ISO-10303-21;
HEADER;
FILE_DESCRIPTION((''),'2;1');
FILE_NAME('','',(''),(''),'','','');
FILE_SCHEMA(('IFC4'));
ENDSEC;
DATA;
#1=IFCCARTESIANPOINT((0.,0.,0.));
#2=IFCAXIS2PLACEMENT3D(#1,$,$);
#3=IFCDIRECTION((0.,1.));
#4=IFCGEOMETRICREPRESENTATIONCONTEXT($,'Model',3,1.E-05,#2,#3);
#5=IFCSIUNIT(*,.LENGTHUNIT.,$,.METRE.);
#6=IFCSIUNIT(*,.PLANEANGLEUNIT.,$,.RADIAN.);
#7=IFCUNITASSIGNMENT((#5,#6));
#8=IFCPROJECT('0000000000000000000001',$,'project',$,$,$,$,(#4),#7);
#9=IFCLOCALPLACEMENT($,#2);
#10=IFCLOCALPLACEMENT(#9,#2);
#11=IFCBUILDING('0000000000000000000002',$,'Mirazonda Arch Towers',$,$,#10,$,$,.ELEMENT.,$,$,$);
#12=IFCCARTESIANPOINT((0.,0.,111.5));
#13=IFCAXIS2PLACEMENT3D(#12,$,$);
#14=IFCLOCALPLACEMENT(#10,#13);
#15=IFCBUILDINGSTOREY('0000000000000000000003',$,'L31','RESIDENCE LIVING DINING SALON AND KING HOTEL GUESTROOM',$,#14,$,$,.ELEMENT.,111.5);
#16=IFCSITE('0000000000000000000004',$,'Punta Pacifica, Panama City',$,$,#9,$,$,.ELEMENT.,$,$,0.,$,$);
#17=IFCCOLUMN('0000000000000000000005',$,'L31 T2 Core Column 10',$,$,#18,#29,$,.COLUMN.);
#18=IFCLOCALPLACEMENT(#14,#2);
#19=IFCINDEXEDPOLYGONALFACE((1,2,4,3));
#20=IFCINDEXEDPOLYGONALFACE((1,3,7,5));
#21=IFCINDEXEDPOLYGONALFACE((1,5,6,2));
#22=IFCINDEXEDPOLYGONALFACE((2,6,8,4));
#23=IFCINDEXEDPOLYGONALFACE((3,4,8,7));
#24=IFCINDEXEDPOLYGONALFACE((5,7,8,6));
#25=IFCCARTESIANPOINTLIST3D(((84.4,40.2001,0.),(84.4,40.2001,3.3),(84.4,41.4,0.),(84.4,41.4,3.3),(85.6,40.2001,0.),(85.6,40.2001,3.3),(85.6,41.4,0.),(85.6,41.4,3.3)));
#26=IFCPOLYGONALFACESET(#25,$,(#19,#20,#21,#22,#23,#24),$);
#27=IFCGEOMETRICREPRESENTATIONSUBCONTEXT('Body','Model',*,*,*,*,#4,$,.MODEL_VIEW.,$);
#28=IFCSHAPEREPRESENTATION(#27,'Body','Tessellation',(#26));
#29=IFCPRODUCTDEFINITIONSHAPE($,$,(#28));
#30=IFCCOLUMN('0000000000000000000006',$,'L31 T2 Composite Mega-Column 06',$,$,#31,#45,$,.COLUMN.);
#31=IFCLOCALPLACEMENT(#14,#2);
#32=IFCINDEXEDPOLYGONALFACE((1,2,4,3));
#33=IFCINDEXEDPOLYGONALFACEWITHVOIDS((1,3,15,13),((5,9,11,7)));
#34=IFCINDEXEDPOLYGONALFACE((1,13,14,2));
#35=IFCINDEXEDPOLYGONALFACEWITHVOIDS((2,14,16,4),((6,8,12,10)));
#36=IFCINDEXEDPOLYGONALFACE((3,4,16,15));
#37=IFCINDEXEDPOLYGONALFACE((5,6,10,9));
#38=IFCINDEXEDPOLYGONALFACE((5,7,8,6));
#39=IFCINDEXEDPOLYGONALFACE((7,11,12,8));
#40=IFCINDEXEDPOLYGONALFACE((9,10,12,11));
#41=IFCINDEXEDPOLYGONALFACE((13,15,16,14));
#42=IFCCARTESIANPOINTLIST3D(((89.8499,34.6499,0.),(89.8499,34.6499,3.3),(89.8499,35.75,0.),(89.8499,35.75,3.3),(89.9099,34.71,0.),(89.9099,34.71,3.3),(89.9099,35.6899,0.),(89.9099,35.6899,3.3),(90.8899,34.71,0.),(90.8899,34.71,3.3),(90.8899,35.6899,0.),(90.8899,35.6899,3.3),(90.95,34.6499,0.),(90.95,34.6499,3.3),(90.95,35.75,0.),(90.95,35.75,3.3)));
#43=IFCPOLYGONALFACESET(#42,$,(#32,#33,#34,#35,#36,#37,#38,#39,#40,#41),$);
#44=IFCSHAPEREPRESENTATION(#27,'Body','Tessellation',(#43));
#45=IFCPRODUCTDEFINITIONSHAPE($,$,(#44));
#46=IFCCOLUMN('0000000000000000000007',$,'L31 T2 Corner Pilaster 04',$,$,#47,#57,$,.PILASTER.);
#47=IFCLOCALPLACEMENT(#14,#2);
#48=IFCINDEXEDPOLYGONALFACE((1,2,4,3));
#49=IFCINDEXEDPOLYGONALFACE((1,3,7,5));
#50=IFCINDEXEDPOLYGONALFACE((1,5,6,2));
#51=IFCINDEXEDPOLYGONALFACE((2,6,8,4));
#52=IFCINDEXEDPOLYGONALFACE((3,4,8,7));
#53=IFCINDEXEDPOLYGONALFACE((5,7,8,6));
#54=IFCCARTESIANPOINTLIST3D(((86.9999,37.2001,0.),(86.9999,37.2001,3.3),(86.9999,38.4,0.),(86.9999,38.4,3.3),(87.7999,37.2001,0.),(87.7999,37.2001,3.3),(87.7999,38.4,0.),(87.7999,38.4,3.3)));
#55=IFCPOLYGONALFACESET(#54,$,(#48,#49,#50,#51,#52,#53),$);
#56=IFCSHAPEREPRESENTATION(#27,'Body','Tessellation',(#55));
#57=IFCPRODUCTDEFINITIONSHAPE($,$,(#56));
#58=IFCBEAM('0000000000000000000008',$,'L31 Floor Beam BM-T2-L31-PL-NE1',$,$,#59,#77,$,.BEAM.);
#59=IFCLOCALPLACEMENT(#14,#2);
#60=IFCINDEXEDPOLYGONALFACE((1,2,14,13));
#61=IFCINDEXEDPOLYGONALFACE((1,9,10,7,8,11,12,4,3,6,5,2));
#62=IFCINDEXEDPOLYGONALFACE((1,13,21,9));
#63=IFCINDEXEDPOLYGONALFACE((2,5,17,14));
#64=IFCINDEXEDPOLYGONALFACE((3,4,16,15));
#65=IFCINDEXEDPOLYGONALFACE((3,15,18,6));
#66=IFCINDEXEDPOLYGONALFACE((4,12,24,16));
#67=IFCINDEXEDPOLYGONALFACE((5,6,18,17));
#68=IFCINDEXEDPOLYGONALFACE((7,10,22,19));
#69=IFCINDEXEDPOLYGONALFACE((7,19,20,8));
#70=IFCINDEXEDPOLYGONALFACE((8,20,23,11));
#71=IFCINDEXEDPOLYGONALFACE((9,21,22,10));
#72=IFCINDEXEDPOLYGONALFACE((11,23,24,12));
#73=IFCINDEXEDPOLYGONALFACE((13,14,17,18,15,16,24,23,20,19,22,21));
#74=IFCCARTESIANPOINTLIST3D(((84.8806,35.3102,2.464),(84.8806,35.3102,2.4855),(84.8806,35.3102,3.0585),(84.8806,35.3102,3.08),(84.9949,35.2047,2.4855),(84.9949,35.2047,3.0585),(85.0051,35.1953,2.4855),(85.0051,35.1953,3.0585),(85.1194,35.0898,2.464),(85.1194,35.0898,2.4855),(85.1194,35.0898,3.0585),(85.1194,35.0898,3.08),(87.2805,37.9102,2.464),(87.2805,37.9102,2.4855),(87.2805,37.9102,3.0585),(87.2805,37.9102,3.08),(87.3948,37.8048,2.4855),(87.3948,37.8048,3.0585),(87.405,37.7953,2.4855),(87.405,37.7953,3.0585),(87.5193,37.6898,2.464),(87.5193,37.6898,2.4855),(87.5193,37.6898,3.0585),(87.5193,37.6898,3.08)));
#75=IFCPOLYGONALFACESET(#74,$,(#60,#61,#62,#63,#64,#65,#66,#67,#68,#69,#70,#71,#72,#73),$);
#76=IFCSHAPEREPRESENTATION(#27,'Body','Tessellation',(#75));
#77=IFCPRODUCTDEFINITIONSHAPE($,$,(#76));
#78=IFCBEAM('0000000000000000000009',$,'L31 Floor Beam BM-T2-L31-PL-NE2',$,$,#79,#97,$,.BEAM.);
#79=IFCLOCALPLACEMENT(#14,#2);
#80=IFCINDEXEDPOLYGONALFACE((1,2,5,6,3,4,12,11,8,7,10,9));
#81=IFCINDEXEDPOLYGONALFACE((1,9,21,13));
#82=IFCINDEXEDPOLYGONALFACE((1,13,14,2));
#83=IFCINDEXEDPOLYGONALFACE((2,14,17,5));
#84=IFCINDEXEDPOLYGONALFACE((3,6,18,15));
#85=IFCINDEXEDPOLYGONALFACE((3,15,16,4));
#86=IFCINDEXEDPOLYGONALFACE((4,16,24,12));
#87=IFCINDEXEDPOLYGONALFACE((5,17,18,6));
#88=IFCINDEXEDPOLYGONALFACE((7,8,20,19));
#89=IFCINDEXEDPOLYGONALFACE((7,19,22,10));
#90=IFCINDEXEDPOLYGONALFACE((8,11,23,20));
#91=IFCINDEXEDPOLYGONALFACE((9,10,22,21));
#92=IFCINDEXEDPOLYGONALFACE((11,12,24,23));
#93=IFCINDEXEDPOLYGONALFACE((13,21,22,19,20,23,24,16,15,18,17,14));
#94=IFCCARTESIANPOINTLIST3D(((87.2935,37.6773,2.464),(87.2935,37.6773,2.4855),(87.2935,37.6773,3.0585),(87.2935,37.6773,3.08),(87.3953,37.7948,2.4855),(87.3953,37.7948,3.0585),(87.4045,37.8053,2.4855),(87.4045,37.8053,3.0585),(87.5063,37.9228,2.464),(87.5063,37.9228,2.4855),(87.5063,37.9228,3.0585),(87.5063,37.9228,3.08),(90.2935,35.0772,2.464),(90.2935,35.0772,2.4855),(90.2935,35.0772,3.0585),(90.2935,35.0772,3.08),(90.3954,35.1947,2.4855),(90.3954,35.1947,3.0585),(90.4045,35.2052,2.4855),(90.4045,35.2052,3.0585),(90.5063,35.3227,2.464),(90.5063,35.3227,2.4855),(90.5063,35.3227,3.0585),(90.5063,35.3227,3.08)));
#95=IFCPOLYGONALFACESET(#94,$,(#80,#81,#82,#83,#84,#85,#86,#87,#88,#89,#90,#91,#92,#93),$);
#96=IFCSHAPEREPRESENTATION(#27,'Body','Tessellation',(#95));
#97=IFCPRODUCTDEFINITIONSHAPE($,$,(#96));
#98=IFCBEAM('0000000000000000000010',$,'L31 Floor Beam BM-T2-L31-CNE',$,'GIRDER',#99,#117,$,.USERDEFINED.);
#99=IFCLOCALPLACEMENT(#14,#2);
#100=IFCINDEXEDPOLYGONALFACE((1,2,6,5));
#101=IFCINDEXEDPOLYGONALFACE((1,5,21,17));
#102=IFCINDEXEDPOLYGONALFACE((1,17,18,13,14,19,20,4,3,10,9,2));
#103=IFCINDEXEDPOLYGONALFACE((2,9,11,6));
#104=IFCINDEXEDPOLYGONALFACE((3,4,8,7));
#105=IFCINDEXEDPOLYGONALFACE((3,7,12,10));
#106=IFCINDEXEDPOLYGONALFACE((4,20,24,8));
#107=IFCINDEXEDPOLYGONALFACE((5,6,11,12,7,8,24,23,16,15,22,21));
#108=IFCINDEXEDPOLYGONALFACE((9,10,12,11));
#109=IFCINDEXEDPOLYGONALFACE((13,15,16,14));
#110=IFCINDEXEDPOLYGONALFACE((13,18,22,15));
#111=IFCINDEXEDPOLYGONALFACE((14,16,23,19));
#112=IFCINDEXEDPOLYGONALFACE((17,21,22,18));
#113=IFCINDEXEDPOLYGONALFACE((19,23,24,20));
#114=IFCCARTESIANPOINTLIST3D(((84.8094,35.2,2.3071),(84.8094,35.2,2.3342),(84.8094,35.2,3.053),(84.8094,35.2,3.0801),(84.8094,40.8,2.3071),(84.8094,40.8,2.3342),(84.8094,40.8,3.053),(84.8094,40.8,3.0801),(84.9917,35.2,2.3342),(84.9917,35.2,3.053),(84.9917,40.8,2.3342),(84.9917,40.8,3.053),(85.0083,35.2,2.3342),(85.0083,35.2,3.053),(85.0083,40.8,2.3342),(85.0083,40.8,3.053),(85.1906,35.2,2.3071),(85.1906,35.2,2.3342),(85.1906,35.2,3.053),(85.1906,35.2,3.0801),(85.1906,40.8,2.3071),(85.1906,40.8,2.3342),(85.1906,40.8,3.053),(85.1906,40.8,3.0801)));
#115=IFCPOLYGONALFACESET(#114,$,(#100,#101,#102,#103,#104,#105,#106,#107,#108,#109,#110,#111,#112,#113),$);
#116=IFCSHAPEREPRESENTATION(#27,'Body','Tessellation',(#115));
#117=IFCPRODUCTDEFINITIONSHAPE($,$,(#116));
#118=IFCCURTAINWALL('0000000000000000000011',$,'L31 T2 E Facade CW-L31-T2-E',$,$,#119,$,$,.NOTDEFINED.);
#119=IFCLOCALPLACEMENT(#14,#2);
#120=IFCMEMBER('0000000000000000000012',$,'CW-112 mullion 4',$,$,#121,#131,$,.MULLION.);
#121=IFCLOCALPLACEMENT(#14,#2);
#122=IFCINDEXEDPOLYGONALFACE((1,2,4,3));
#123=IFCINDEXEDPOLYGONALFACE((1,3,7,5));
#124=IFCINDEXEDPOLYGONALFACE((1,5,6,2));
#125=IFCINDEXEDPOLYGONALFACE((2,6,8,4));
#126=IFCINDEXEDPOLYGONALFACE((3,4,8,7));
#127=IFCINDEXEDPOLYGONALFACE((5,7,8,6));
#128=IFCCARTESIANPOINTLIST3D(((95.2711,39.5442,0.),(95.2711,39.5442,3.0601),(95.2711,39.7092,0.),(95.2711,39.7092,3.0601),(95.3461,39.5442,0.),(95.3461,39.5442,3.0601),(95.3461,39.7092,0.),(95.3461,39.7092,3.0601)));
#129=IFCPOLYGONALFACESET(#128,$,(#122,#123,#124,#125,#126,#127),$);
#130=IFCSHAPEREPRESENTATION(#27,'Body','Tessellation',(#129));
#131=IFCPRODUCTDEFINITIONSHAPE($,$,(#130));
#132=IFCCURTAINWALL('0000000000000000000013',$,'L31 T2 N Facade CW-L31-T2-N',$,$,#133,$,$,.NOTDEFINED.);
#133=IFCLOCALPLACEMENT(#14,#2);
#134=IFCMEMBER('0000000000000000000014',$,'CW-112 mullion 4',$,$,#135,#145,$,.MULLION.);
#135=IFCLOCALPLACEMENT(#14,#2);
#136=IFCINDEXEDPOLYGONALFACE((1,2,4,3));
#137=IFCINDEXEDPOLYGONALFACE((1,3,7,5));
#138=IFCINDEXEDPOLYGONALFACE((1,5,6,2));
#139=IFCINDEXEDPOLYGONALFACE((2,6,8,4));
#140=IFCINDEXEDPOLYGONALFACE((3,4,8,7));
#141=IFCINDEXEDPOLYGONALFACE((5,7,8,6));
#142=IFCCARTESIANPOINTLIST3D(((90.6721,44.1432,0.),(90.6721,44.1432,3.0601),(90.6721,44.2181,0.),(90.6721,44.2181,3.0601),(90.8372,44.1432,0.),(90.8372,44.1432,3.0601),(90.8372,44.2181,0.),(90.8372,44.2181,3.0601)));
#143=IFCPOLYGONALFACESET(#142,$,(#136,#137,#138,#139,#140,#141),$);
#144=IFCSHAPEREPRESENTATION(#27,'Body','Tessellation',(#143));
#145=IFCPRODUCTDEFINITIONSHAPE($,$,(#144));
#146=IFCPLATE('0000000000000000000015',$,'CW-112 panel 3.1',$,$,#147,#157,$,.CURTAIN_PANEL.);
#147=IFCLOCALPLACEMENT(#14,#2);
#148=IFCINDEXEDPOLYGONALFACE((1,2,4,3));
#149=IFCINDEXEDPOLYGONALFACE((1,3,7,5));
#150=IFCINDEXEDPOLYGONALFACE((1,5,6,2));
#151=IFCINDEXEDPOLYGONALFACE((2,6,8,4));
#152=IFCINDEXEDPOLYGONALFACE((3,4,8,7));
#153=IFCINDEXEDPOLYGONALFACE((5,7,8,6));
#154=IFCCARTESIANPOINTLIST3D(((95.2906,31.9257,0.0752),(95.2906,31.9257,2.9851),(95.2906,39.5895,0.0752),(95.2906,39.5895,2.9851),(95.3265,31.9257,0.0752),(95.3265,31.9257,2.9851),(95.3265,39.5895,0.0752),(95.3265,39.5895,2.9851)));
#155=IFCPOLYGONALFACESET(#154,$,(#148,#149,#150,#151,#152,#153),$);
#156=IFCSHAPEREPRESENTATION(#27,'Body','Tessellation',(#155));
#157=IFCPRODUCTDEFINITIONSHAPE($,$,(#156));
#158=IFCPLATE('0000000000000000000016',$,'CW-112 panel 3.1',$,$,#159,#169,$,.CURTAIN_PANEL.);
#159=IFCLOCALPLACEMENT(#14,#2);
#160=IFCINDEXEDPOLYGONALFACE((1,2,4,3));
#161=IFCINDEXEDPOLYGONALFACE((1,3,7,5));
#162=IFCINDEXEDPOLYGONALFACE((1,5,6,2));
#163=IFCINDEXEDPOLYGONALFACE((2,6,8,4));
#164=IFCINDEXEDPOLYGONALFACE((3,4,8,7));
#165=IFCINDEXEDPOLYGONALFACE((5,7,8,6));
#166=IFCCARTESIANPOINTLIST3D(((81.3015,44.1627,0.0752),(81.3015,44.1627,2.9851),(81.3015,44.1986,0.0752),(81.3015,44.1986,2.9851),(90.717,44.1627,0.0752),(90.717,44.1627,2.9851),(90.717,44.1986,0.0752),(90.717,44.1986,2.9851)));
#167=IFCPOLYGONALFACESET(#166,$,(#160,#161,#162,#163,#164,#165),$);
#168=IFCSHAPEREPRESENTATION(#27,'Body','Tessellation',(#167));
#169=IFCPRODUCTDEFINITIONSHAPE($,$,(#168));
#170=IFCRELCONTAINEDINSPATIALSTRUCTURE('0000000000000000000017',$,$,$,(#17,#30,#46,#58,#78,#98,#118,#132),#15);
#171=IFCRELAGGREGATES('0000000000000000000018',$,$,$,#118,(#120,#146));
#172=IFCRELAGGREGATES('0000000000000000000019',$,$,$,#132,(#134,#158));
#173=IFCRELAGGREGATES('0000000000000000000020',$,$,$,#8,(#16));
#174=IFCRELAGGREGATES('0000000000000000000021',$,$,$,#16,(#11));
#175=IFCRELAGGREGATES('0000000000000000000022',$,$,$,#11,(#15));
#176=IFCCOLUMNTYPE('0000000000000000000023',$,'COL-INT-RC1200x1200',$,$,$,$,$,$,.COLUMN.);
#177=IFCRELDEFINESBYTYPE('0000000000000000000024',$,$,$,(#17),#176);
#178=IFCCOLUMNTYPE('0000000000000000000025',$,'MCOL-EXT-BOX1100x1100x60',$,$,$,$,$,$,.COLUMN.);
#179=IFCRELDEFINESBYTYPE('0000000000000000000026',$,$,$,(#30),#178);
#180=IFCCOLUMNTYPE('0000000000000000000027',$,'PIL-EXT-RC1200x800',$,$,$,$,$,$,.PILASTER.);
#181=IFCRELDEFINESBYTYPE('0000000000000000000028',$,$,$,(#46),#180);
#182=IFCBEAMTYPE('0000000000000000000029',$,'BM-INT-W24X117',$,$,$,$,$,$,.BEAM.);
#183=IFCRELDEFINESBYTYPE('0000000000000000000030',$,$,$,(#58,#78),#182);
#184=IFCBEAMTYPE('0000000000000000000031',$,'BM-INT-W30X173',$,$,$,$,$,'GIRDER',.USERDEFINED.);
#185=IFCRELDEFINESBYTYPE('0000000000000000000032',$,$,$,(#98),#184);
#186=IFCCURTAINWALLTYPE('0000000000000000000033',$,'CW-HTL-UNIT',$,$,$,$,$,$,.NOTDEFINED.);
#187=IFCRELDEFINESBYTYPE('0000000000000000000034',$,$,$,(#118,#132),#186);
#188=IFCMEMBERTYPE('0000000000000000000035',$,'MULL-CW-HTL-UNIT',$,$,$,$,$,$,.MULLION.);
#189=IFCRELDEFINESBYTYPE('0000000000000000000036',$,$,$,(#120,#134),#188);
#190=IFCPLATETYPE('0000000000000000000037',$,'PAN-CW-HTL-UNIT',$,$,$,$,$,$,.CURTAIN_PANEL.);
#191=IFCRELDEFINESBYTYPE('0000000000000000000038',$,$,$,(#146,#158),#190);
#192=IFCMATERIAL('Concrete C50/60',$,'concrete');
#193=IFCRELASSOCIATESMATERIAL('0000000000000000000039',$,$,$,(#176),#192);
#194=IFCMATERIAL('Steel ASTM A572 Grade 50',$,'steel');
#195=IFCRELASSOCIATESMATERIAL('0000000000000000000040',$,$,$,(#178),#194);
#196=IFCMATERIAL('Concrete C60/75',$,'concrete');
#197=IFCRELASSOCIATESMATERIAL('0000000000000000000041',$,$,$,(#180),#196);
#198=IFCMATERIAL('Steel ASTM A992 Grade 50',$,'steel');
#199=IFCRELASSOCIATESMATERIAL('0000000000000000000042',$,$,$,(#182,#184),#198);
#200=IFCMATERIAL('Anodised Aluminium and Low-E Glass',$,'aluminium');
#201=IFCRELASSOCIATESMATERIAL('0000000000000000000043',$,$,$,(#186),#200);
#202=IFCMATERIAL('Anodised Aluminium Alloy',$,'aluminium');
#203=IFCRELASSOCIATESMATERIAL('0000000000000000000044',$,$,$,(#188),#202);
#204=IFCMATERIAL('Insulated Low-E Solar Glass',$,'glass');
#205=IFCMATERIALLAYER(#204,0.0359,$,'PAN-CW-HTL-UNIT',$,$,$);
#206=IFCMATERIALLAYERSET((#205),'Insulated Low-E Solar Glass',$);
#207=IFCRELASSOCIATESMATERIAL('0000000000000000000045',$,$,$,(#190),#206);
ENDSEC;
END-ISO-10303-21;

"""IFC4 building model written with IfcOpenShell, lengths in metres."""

from ifc_helpers import new_model, si_unit, direction, frame, origin, origin_2d, place, context, subcontext, project, spatial, rectangle, hollow_rectangle, i_section, extrude, material, layer, layer_set, material_profile, profile_set, type_object, element, aggregate, save


model = new_model("IFC4")

# Units and contexts
model_context = context("Model", 3, precision=1e-05, world=origin(), true_north=direction((0.0, 1.0)))
body_context = subcontext(model_context, "Body", "Model", "MODEL_VIEW")
ifc_project = project(units=[si_unit("LENGTHUNIT", "METRE"), si_unit("PLANEANGLEUNIT", "RADIAN")], contexts=[model_context])

# Site, building, storey
site_placement = place(None, origin())
site = spatial("IfcSite", under=ifc_project, at=site_placement, Name="Punta Pacifica, Panama City", CompositionType="ELEMENT", RefElevation=0.0)
building_placement = place(site_placement, origin())
building = spatial("IfcBuilding", under=site, at=building_placement, Name="Mirazonda Arch Towers", CompositionType="ELEMENT")
storey_placement = place(building_placement, frame((0.0, 0.0, 111.5)))
storey = spatial("IfcBuildingStorey", under=building, at=storey_placement, Name="L31", Description="RESIDENCE LIVING DINING SALON AND KING HOTEL GUESTROOM", CompositionType="ELEMENT", Elevation=111.5)

# Columns
ifc_material_1 = material(Name="Concrete C50/60", Category="concrete")
ifc_material_profile_1 = material_profile(ifc_material_1, rectangle(XDim=1.2, YDim=1.2, at=origin_2d()), Name="RC1200x1200")
ifc_profile_set_1 = profile_set([ifc_material_profile_1], Name="Concrete C50/60")
column_type_1 = type_object("IfcColumnType", Name="COL-INT-RC1200x1200", PredefinedType="COLUMN", material=ifc_profile_set_1)
column_1_placement = place(storey_placement, frame((85.0, 40.8, 0.0), z_axis=(0.0, 0.0, 1.0), x_axis=(1.0, 0.0, 0.0)))
element("IfcColumn", 1, at=column_1_placement, inside=storey, type_object=column_type_1, Name="L31 T2 Core Column 10", PredefinedType="COLUMN", context=body_context, shape_type="SweptSolid", body=[
    extrude(rectangle(XDim=1.2, YDim=1.2, at=origin_2d()), origin(), (0.0, 0.0, 1.0), 3.3),
])
ifc_material_2 = material(Name="Steel ASTM A572 Grade 50", Category="steel")
ifc_material_profile_2 = material_profile(ifc_material_2, hollow_rectangle(XDim=1.1001, YDim=1.1001, WallThickness=0.0601, at=origin_2d()), Name="BOX1100x1100x60")
ifc_profile_set_2 = profile_set([ifc_material_profile_2], Name="Steel ASTM A572 Grade 50")
column_type_2 = type_object("IfcColumnType", Name="MCOL-EXT-BOX1100x1100x60", PredefinedType="COLUMN", material=ifc_profile_set_2)
column_2_placement = place(storey_placement, frame((90.3999, 35.2, 0.0), z_axis=(0.0, 0.0, 1.0), x_axis=(1.0, 0.0, 0.0)))
element("IfcColumn", 2, at=column_2_placement, inside=storey, type_object=column_type_2, Name="L31 T2 Composite Mega-Column 06", PredefinedType="COLUMN", context=body_context, shape_type="SweptSolid", body=[
    extrude(hollow_rectangle(XDim=1.1001, YDim=1.1001, WallThickness=0.0601, at=origin_2d()), origin(), (0.0, 0.0, 1.0), 3.3),
])
ifc_material_3 = material(Name="Concrete C60/75", Category="concrete")
ifc_material_profile_3 = material_profile(ifc_material_3, rectangle(XDim=0.8, YDim=1.2, at=origin_2d()), Name="RC1200x800")
ifc_profile_set_3 = profile_set([ifc_material_profile_3], Name="Concrete C60/75")
column_type_3 = type_object("IfcColumnType", Name="PIL-EXT-RC1200x800", PredefinedType="PILASTER", material=ifc_profile_set_3)
column_3_placement = place(storey_placement, frame((87.3999, 37.8, 0.0), z_axis=(0.0, 0.0, 1.0), x_axis=(1.0, 0.0, 0.0)))
element("IfcColumn", 3, at=column_3_placement, inside=storey, type_object=column_type_3, Name="L31 T2 Corner Pilaster 04", PredefinedType="PILASTER", context=body_context, shape_type="SweptSolid", body=[
    extrude(rectangle(XDim=0.8, YDim=1.2, at=origin_2d()), origin(), (0.0, 0.0, 1.0), 3.3),
])

# Beams
ifc_material_4 = material(Name="Steel ASTM A992 Grade 50", Category="steel")
ifc_material_profile_4 = material_profile(ifc_material_4, i_section(OverallWidth=0.325, OverallDepth=0.616, WebThickness=0.0139, FlangeThickness=0.0215, at=origin_2d()), Name="W24X117")
ifc_profile_set_4 = profile_set([ifc_material_profile_4], Name="Steel ASTM A992 Grade 50")
beam_type_1 = type_object("IfcBeamType", Name="BM-INT-W24X117", PredefinedType="BEAM", material=ifc_profile_set_4)
beam_1_placement = place(storey_placement, frame((87.3999, 37.8, 2.772), z_axis=(-0.678251, -0.73483, 0.0), x_axis=(0.73483, -0.678251, 0.0)))
element("IfcBeam", 4, at=beam_1_placement, inside=storey, type_object=beam_type_1, Name="L31 Floor Beam BM-T2-L31-PL-NE1", PredefinedType="BEAM", context=body_context, shape_type="SweptSolid", body=[
    extrude(i_section(OverallWidth=0.325, OverallDepth=0.616, WebThickness=0.0139, FlangeThickness=0.0215, at=origin_2d()), origin(), (0.0, 0.0, 1.0), 3.5383),
])
beam_2_placement = place(storey_placement, frame((87.3999, 37.8, 2.772), z_axis=(0.755677, -0.654945, 0.0), x_axis=(0.654945, 0.755677, 0.0)))
element("IfcBeam", 5, at=beam_2_placement, inside=storey, type_object=beam_type_1, Name="L31 Floor Beam BM-T2-L31-PL-NE2", PredefinedType="BEAM", context=body_context, shape_type="SweptSolid", body=[
    extrude(i_section(OverallWidth=0.325, OverallDepth=0.616, WebThickness=0.0139, FlangeThickness=0.0215, at=origin_2d()), origin(), (0.0, 0.0, 1.0), 3.97),
])
ifc_material_profile_5 = material_profile(ifc_material_4, i_section(OverallWidth=0.3811, OverallDepth=0.7729, WebThickness=0.0166, FlangeThickness=0.0271, at=origin_2d()), Name="W30X173")
ifc_profile_set_5 = profile_set([ifc_material_profile_5], Name="Steel ASTM A992 Grade 50")
beam_type_2 = type_object("IfcBeamType", Name="BM-INT-W30X173", ElementType="GIRDER", PredefinedType="USERDEFINED", material=ifc_profile_set_5)
beam_3_placement = place(storey_placement, frame((85.0, 35.2, 2.6936), z_axis=(0.0, 1.0, 0.0), x_axis=(-1.0, 0.0, 0.0)))
element("IfcBeam", 6, at=beam_3_placement, inside=storey, type_object=beam_type_2, Name="L31 Floor Beam BM-T2-L31-CNE", ObjectType="GIRDER", PredefinedType="USERDEFINED", context=body_context, shape_type="SweptSolid", body=[
    extrude(i_section(OverallWidth=0.3811, OverallDepth=0.7729, WebThickness=0.0166, FlangeThickness=0.0271, at=origin_2d()), origin(), (0.0, 0.0, 1.0), 5.6001),
])

# Curtain walls, members
ifc_material_5 = material(Name="Anodised Aluminium and Low-E Glass", Category="aluminium")
curtain_wall_type = type_object("IfcCurtainWallType", Name="CW-HTL-UNIT", PredefinedType="NOTDEFINED", material=ifc_material_5)
curtain_wall_1_placement = place(storey_placement, origin())
curtain_wall_1 = element("IfcCurtainWall", 7, at=curtain_wall_1_placement, inside=storey, type_object=curtain_wall_type, Name="L31 T2 E Facade CW-L31-T2-E", PredefinedType="NOTDEFINED")
ifc_material_6 = material(Name="Anodised Aluminium Alloy", Category="aluminium")
ifc_material_profile_6 = material_profile(ifc_material_6, rectangle(XDim=0.075, YDim=0.165, at=origin_2d()), Name="ALU-MULL-75x165")
ifc_profile_set_6 = profile_set([ifc_material_profile_6], Name="Anodised Aluminium Alloy")
member_type = type_object("IfcMemberType", Name="MULL-CW-HTL-UNIT", PredefinedType="MULLION", material=ifc_profile_set_6)
member_1_placement = place(storey_placement, frame((95.3086, 39.6267, 0.0), z_axis=(0.0, 0.0, 1.0), x_axis=(-1.0, 0.0, 0.0)))
member_1 = element("IfcMember", 8, at=member_1_placement, type_object=member_type, Name="CW-112 mullion 4", PredefinedType="MULLION", context=body_context, shape_type="SweptSolid", body=[
    extrude(rectangle(XDim=0.075, YDim=0.165, at=origin_2d()), origin(), (0.0, 0.0, 1.0), 3.0601),
])
curtain_wall_2_placement = place(storey_placement, origin())
curtain_wall_2 = element("IfcCurtainWall", 9, at=curtain_wall_2_placement, inside=storey, type_object=curtain_wall_type, Name="L31 T2 N Facade CW-L31-T2-N", PredefinedType="NOTDEFINED")
member_2_placement = place(storey_placement, frame((90.7546, 44.1807, 0.0), z_axis=(0.0, 0.0, 1.0), x_axis=(0.0, 1.0, 0.0)))
member_2 = element("IfcMember", 10, at=member_2_placement, type_object=member_type, Name="CW-112 mullion 4", PredefinedType="MULLION", context=body_context, shape_type="SweptSolid", body=[
    extrude(rectangle(XDim=0.075, YDim=0.165, at=origin_2d()), origin(), (0.0, 0.0, 1.0), 3.0601),
])

# Plates
ifc_material_7 = material(Name="Insulated Low-E Solar Glass", Category="glass")
ifc_layer_1 = layer(ifc_material_7, 0.0359, Name="PAN-CW-HTL-UNIT")
ifc_layer_set_1 = layer_set([ifc_layer_1], Name="Insulated Low-E Solar Glass")
plate_type = type_object("IfcPlateType", Name="PAN-CW-HTL-UNIT", PredefinedType="CURTAIN_PANEL", material=ifc_layer_set_1)
plate_1_placement = place(storey_placement, frame((95.3086, 35.7576, 0.0752), z_axis=(0.0, 0.0, 1.0), x_axis=(0.0, 1.0, 0.0)))
plate_1 = element("IfcPlate", 11, at=plate_1_placement, type_object=plate_type, Name="CW-112 panel 3.1", PredefinedType="CURTAIN_PANEL", context=body_context, shape_type="SweptSolid", body=[
    extrude(rectangle(XDim=7.6638, YDim=0.0359, at=origin_2d()), origin(), (0.0, 0.0, 1.0), 2.9099),
])
aggregate(curtain_wall_1, [member_1, plate_1])
plate_2_placement = place(storey_placement, frame((86.0093, 44.1807, 0.0752), z_axis=(0.0, 0.0, 1.0), x_axis=(1.0, 0.0, 0.0)))
plate_2 = element("IfcPlate", 12, at=plate_2_placement, type_object=plate_type, Name="CW-112 panel 3.1", PredefinedType="CURTAIN_PANEL", context=body_context, shape_type="SweptSolid", body=[
    extrude(rectangle(XDim=9.4155, YDim=0.0359, at=origin_2d()), origin(), (0.0, 0.0, 1.0), 2.9099),
])
aggregate(curtain_wall_2, [member_2, plate_2])

save(model, "model.ifc")
